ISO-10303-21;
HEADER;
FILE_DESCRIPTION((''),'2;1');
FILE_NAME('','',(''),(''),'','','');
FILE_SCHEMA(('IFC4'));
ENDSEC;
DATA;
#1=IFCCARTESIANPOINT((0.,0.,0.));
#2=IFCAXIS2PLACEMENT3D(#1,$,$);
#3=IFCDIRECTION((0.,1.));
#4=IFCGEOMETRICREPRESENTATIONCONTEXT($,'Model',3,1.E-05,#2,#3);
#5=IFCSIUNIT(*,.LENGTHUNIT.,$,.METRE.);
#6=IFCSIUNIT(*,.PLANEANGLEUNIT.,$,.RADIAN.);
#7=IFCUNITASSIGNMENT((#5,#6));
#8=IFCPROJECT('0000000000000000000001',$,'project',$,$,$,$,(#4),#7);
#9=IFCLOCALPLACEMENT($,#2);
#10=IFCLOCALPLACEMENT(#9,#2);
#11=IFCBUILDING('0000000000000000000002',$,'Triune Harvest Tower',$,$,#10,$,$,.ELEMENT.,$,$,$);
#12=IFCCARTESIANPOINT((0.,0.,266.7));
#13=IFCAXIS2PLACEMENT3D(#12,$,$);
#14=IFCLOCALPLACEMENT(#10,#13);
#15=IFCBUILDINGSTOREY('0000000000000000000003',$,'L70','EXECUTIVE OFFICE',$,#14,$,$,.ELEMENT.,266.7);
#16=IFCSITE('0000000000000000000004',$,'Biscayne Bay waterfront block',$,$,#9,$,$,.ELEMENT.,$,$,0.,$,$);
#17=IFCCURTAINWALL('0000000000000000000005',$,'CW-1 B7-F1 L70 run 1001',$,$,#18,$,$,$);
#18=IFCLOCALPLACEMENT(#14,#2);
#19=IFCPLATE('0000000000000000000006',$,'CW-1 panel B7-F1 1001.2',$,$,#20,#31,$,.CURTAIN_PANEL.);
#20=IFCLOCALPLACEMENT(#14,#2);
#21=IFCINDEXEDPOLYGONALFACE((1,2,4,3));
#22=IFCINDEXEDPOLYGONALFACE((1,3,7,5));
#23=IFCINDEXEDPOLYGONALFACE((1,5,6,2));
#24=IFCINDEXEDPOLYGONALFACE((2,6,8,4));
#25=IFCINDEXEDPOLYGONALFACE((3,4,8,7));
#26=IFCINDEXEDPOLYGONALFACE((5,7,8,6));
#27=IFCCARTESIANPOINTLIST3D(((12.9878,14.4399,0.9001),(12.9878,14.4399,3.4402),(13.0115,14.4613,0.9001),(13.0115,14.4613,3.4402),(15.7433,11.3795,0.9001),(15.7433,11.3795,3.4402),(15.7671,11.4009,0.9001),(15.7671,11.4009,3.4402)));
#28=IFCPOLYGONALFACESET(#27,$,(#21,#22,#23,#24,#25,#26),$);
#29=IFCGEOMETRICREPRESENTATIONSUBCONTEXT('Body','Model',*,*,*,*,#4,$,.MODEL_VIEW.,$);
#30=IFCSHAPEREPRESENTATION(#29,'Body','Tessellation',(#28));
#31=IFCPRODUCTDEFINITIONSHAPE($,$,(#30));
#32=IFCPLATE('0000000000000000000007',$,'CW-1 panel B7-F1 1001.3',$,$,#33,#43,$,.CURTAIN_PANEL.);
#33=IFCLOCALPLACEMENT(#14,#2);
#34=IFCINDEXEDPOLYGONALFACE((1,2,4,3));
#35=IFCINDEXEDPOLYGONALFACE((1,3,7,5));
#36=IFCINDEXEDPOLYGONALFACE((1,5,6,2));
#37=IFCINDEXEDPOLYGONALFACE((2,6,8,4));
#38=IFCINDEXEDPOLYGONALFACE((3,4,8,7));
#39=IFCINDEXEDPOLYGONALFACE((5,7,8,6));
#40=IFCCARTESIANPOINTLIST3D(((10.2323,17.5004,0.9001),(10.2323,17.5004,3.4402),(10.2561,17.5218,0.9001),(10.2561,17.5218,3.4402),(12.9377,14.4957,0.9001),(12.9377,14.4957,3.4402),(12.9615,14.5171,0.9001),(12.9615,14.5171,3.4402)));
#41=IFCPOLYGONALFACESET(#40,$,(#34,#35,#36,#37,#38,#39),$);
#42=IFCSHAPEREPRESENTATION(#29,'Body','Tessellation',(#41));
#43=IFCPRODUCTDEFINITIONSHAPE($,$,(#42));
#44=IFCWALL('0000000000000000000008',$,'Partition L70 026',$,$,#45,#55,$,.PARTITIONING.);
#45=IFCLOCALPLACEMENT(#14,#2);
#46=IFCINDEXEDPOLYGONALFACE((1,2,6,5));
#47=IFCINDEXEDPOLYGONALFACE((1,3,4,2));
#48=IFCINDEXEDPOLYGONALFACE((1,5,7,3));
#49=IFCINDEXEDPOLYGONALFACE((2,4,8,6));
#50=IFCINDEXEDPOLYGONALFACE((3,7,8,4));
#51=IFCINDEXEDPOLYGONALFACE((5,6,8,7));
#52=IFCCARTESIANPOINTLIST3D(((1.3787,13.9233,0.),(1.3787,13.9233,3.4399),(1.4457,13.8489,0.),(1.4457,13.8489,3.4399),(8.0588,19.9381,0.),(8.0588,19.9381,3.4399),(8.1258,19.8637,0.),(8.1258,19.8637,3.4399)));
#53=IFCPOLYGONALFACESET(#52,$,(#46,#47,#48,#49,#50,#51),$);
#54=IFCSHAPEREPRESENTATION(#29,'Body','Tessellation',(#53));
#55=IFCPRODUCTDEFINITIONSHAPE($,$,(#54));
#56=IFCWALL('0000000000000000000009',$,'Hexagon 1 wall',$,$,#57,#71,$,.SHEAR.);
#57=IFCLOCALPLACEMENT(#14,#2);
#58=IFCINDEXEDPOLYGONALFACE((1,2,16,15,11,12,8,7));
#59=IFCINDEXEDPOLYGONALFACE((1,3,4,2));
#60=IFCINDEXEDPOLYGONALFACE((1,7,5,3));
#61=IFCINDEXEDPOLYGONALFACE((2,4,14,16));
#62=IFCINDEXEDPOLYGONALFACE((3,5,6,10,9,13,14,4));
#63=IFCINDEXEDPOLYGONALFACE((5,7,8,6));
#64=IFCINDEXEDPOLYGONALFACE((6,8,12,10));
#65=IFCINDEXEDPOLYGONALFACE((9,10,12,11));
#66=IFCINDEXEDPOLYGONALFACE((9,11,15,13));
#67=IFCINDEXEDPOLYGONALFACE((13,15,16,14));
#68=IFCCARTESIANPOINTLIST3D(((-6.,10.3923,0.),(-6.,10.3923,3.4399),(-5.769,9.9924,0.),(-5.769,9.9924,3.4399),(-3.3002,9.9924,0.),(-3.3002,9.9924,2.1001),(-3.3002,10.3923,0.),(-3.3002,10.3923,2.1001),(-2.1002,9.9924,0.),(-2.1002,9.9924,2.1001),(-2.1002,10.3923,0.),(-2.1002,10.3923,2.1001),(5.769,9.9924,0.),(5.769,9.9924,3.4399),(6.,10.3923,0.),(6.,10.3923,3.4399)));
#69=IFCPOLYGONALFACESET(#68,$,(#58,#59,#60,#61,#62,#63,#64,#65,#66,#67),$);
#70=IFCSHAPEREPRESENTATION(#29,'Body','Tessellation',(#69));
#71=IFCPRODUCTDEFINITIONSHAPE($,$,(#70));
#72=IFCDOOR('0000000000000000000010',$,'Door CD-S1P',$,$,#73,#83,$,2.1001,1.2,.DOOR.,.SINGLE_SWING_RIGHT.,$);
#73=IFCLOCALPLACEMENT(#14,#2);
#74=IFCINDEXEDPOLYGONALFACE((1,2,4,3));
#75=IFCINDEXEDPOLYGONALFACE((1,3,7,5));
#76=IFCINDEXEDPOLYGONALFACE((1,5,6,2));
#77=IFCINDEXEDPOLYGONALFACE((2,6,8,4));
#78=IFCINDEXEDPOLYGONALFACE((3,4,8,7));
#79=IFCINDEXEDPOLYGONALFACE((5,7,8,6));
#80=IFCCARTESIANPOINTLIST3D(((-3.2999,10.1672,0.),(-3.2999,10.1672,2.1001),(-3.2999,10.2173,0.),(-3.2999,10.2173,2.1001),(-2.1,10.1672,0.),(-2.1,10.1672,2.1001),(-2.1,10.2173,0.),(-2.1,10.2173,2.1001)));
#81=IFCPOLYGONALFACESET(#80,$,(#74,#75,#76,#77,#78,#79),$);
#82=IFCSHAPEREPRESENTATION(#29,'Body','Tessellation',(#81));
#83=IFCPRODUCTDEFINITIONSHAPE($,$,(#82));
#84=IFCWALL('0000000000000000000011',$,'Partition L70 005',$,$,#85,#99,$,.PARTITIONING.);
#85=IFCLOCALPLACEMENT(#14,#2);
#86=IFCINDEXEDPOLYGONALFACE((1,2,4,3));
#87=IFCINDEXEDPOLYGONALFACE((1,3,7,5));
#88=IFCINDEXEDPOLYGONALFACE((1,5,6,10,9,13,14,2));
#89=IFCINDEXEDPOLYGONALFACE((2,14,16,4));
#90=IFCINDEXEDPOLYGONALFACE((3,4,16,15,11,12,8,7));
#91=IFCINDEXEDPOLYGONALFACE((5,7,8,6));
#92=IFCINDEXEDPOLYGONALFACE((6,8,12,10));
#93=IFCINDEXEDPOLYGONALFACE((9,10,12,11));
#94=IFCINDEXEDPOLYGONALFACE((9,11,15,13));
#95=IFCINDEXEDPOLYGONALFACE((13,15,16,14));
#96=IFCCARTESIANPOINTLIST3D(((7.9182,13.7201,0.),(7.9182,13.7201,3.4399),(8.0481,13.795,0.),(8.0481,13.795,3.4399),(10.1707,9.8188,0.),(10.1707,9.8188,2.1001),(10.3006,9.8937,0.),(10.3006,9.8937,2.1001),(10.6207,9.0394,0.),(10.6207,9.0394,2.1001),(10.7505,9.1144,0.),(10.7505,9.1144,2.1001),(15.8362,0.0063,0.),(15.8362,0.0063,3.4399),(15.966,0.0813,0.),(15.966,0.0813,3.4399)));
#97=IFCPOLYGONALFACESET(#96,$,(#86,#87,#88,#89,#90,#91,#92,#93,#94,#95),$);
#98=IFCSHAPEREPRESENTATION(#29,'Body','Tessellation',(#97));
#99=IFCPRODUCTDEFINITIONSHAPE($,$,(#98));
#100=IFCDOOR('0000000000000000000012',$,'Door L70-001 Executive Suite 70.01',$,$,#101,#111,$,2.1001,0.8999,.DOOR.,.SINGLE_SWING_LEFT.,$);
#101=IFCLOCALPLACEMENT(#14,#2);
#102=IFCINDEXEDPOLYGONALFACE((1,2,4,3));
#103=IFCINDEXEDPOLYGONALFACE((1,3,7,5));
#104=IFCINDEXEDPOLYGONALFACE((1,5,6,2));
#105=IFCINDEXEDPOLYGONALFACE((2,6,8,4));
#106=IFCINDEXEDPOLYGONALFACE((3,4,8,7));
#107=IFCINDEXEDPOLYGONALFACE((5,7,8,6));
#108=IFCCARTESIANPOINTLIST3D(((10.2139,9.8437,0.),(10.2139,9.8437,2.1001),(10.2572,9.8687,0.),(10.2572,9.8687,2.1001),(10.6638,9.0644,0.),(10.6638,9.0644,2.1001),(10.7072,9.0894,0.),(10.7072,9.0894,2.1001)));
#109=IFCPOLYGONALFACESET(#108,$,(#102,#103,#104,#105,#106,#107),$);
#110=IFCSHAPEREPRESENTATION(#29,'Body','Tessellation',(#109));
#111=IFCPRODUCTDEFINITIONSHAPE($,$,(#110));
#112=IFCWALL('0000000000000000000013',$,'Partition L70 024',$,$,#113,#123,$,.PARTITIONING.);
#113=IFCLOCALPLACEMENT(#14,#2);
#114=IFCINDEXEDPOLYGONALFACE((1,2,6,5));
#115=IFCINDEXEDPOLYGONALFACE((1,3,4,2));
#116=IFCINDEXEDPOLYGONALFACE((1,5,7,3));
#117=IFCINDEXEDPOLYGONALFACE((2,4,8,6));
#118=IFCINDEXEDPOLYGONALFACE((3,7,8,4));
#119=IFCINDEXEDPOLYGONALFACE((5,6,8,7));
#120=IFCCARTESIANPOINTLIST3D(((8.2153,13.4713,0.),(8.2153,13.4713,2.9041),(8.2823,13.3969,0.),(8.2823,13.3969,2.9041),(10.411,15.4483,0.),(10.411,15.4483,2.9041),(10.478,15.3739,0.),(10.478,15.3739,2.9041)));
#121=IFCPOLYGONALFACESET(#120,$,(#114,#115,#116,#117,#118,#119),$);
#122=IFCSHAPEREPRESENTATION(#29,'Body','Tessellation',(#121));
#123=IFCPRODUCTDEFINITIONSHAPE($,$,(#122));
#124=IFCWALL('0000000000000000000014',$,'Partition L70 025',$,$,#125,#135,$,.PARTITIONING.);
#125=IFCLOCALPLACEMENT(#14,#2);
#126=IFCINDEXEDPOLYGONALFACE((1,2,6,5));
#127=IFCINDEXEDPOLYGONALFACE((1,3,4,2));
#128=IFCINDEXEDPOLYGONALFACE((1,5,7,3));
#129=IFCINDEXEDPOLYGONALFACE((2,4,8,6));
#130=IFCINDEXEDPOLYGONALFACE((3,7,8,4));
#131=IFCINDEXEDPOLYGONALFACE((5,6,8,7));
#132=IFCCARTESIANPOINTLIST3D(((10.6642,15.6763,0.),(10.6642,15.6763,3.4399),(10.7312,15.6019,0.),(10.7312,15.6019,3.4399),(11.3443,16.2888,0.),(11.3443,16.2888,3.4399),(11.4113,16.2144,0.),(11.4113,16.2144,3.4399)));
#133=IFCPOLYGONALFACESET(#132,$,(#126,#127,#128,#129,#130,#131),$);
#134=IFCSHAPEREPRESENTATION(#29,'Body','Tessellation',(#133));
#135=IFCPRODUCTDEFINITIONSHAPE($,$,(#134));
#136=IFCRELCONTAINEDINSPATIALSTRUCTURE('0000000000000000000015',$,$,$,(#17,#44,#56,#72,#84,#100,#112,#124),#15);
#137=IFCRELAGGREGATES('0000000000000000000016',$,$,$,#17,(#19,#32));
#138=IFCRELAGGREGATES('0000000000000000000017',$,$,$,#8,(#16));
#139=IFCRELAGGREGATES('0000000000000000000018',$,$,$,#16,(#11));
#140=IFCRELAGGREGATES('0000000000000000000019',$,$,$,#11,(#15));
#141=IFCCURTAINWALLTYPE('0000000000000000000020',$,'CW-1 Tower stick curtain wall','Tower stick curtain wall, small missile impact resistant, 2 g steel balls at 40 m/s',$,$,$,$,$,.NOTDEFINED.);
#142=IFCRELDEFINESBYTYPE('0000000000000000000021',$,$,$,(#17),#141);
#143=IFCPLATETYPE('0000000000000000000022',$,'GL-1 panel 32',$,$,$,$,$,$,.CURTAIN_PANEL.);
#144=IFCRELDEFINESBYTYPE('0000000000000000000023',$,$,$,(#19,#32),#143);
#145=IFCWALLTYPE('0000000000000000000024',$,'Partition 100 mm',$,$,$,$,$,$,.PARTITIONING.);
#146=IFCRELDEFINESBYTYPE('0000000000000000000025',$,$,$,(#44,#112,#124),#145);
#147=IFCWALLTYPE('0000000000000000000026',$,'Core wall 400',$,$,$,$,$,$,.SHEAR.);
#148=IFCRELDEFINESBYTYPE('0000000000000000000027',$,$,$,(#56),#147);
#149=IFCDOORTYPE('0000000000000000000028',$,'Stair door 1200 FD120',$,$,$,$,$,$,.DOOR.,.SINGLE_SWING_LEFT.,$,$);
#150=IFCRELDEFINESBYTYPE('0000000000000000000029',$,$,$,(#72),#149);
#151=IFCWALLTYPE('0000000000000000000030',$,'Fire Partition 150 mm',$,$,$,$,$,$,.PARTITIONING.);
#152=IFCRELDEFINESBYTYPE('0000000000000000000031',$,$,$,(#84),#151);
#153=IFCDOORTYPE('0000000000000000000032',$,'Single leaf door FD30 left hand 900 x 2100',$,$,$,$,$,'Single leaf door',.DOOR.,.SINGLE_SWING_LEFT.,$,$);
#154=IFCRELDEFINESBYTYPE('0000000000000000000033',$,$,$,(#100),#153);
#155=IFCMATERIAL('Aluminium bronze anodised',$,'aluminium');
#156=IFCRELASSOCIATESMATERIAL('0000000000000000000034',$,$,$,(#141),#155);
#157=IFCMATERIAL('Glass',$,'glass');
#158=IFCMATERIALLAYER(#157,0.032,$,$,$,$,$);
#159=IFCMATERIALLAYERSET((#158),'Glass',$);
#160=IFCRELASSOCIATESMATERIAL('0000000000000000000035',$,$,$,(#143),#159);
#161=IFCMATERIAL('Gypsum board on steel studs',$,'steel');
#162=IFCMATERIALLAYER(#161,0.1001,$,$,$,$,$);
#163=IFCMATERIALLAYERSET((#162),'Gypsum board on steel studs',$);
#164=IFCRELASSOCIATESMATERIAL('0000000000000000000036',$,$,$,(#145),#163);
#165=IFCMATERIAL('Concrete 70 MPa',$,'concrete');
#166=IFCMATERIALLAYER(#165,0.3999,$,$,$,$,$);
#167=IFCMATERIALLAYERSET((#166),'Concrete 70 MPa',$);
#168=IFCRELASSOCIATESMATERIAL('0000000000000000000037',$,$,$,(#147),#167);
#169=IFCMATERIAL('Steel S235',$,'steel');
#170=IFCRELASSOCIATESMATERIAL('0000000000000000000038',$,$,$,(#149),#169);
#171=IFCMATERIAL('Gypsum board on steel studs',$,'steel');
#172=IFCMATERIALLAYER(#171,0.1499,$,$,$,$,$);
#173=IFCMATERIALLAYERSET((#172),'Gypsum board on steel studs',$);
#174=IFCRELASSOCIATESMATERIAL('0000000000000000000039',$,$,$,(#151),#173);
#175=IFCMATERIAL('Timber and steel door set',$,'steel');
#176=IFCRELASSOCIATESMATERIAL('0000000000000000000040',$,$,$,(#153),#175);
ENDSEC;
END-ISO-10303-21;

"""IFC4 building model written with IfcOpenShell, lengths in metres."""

from ifc_helpers import new_model, si_unit, direction, frame, frame_2d, origin, origin_2d, place, context, subcontext, project, spatial, polyline, rectangle, outline, extrude, source, transform, mapped, material, layer, layer_set, type_object, element, fill, aggregate, save


model = new_model("IFC4")

# Units and contexts
model_context = context("Model", 3, precision=1e-05, world=origin(), true_north=direction((0.0, 1.0)))
body_context = subcontext(model_context, "Body", "Model", "MODEL_VIEW")
ifc_project = project(units=[si_unit("LENGTHUNIT", "METRE"), si_unit("PLANEANGLEUNIT", "RADIAN")], contexts=[model_context])

# Site, building, storey
site_placement = place(None, origin())
site = spatial("IfcSite", under=ifc_project, at=site_placement, Name="Biscayne Bay waterfront block", CompositionType="ELEMENT", RefElevation=0.0)
building_placement = place(site_placement, origin())
building = spatial("IfcBuilding", under=site, at=building_placement, Name="Triune Harvest Tower", CompositionType="ELEMENT")
storey_placement = place(building_placement, frame((0.0, 0.0, 266.7)))
storey = spatial("IfcBuildingStorey", under=building, at=storey_placement, Name="L70", Description="EXECUTIVE OFFICE", CompositionType="ELEMENT", Elevation=266.7)

# Curtain wall, plates
ifc_material_1 = material(Name="Aluminium bronze anodised", Category="aluminium")
curtain_wall_type = type_object("IfcCurtainWallType", Name="CW-1 Tower stick curtain wall", Description="Tower stick curtain wall, small missile impact resistant, 2 g steel balls at 40 m/s", PredefinedType="NOTDEFINED", material=ifc_material_1)
curtain_wall_placement = place(storey_placement, origin())
curtain_wall = element("IfcCurtainWall", 1, at=curtain_wall_placement, inside=storey, type_object=curtain_wall_type, Name="CW-1 B7-F1 L70 run 1001")
ifc_material_2 = material(Name="Glass", Category="glass")
ifc_layer_1 = layer(ifc_material_2, 0.032)
ifc_layer_set_1 = layer_set([ifc_layer_1], Name="Glass")
plate_type = type_object("IfcPlateType", Name="GL-1 panel 32", PredefinedType="CURTAIN_PANEL", material=ifc_layer_set_1)
shared_shape_1 = source(origin(), body_context, "Body", "SweptSolid", [
    extrude(rectangle(XDim=4.1182, YDim=0.032, at=origin_2d()), origin(), (0.0, 0.0, 1.0), 2.54),
])
plate_1_placement = place(storey_placement, frame((14.3774, 12.9204, 0.9001), z_axis=(0.0, 0.0, 1.0), x_axis=(-0.669125, 0.74315, 0.0)))
plate_1 = element("IfcPlate", 2, at=plate_1_placement, type_object=plate_type, Name="CW-1 panel B7-F1 1001.2", PredefinedType="CURTAIN_PANEL", context=body_context, shape_type="MappedRepresentation", body=[
    mapped(shared_shape_1, transform((0.0, 0.0, 0.0), scale=1.0)),
])
shared_shape_2 = source(origin(), body_context, "Body", "SweptSolid", [
    extrude(rectangle(XDim=4.0432, YDim=0.032, at=origin_2d()), origin(), (0.0, 0.0, 1.0), 2.54),
])
plate_2_placement = place(storey_placement, frame((11.5969, 16.0088, 0.9001), z_axis=(0.0, 0.0, 1.0), x_axis=(-0.669125, 0.74315, 0.0)))
plate_2 = element("IfcPlate", 3, at=plate_2_placement, type_object=plate_type, Name="CW-1 panel B7-F1 1001.3", PredefinedType="CURTAIN_PANEL", context=body_context, shape_type="MappedRepresentation", body=[
    mapped(shared_shape_2, transform((0.0, 0.0, 0.0), scale=1.0)),
])
aggregate(curtain_wall, [plate_1, plate_2])

# Wall
ifc_material_3 = material(Name="Gypsum board on steel studs", Category="steel")
ifc_layer_2 = layer(ifc_material_3, 0.1001)
ifc_layer_set_2 = layer_set([ifc_layer_2], Name="Gypsum board on steel studs")
wall_type_1 = type_object("IfcWallType", Name="Partition 100 mm", PredefinedType="PARTITIONING", material=ifc_layer_set_2)
wall_1_placement = place(storey_placement, frame((1.4121, 13.886, 0.0), z_axis=(0.0, 0.0, 1.0), x_axis=(0.743143, 0.669133, 0.0)))
element("IfcWall", 4, at=wall_1_placement, inside=storey, type_object=wall_type_1, Name="Partition L70 026", PredefinedType="PARTITIONING", context=body_context, shape_type="SweptSolid", body=[
    extrude(rectangle(XDim=8.989, YDim=0.1001, at=frame_2d((4.4946, 0.0))), origin(), (0.0, 0.0, 1.0), 3.4399),
])

# Walls, openings, doors
ifc_material_4 = material(Name="Concrete 70 MPa", Category="concrete")
ifc_layer_3 = layer(ifc_material_4, 0.3999)
ifc_layer_set_3 = layer_set([ifc_layer_3], Name="Concrete 70 MPa")
wall_type_2 = type_object("IfcWallType", Name="Core wall 400", PredefinedType="SHEAR", material=ifc_layer_set_3)
shared_shape_3 = source(origin(), body_context, "Body", "SweptSolid", [
    extrude(outline(polyline([(-0.1155, -0.2), (11.8845, -0.2), (11.6536, 0.2), (0.1155, 0.2), (-0.1155, -0.2)])), origin(), (0.0, 0.0, 1.0), 3.4399),
])
wall_2_placement = place(storey_placement, frame((5.8845, 10.1924, 0.0), z_axis=(0.0, 0.0, 1.0), x_axis=(-1.0, 0.0, 0.0)))
wall_2 = element("IfcWall", 5, at=wall_2_placement, inside=storey, type_object=wall_type_2, Name="Hexagon 1 wall", PredefinedType="SHEAR", context=body_context, shape_type="MappedRepresentation", body=[
    mapped(shared_shape_3, transform((0.0, 0.0, 0.0), scale=1.0)),
])
opening_1_placement = place(wall_2_placement, frame((7.9846, 0.0, 0.0)))
opening_1 = element("IfcOpeningElement", 6, at=opening_1_placement, cuts=wall_2, PredefinedType="OPENING", context=body_context, shape_type="SweptSolid", body=[
    extrude(rectangle(XDim=1.2, YDim=2.1001, at=frame_2d((0.6001, 1.05))), frame((0.0, 0.21, 0.0), z_axis=(0.0, -1.0, 0.0), x_axis=(1.0, 0.0, 0.0)), (0.0, 0.0, 1.0), 0.4199),
])
ifc_material_5 = material(Name="Steel S235", Category="steel")
door_type_1 = type_object("IfcDoorType", Name="Stair door 1200 FD120", OperationType="SINGLE_SWING_LEFT", PredefinedType="DOOR", material=ifc_material_5)
door_1_placement = place(opening_1_placement, frame((1.2, 0.0, 0.0), z_axis=(0.0, 0.0, 1.0), x_axis=(-1.0, 0.0, 0.0)))
door_1 = element("IfcDoor", 7, at=door_1_placement, inside=storey, type_object=door_type_1, Name="Door CD-S1P", OperationType="SINGLE_SWING_RIGHT", OverallHeight=2.1001, OverallWidth=1.2, PredefinedType="DOOR", context=body_context, shape_type="SweptSolid", body=[
    extrude(rectangle(XDim=1.2, YDim=2.1001, at=frame_2d((0.6001, 1.05))), frame((0.0, 0.0249, 0.0), z_axis=(0.0, -1.0, 0.0), x_axis=(1.0, 0.0, 0.0)), (0.0, 0.0, 1.0), 0.05),
])
fill(opening_1, door_1)
ifc_material_6 = material(Name="Gypsum board on steel studs", Category="steel")
ifc_layer_4 = layer(ifc_material_6, 0.1499)
ifc_layer_set_4 = layer_set([ifc_layer_4], Name="Gypsum board on steel studs")
wall_type_3 = type_object("IfcWallType", Name="Fire Partition 150 mm", PredefinedType="PARTITIONING", material=ifc_layer_set_4)
shared_shape_4 = source(origin(), body_context, "Body", "SweptSolid", [
    extrude(rectangle(XDim=15.8354, YDim=0.1499, at=frame_2d((7.9177, 0.0))), origin(), (0.0, 0.0, 1.0), 3.4399),
])
wall_3_placement = place(storey_placement, frame((7.9832, 13.7576, 0.0), z_axis=(0.0, 0.0, 1.0), x_axis=(0.500012, -0.866018, 0.0)))
wall_3 = element("IfcWall", 8, at=wall_3_placement, inside=storey, type_object=wall_type_3, Name="Partition L70 005", PredefinedType="PARTITIONING", context=body_context, shape_type="MappedRepresentation", body=[
    mapped(shared_shape_4, transform((0.0, 0.0, 0.0), scale=1.0)),
])
opening_2_placement = place(wall_3_placement, frame((4.5049, 0.0, 0.0)))
opening_2 = element("IfcOpeningElement", 9, at=opening_2_placement, cuts=wall_3, PredefinedType="OPENING", context=body_context, shape_type="SweptSolid", body=[
    extrude(rectangle(XDim=0.8999, YDim=2.1001, at=frame_2d((0.45, 1.05))), frame((0.0, 0.085, 0.0), z_axis=(0.0, -1.0, 0.0), x_axis=(1.0, 0.0, 0.0)), (0.0, 0.0, 1.0), 0.1699),
])
ifc_material_7 = material(Name="Timber and steel door set", Category="steel")
door_type_2 = type_object("IfcDoorType", Name="Single leaf door FD30 left hand 900 x 2100", ElementType="Single leaf door", OperationType="SINGLE_SWING_LEFT", PredefinedType="DOOR", material=ifc_material_7)
door_2_placement = place(opening_2_placement, origin())
door_2 = element("IfcDoor", 10, at=door_2_placement, inside=storey, type_object=door_type_2, Name="Door L70-001 Executive Suite 70.01", OperationType="SINGLE_SWING_LEFT", OverallHeight=2.1001, OverallWidth=0.8999, PredefinedType="DOOR", context=body_context, shape_type="SweptSolid", body=[
    extrude(rectangle(XDim=0.8999, YDim=2.1001, at=frame_2d((0.45, 1.05))), frame((0.0, 0.0249, 0.0), z_axis=(0.0, -1.0, 0.0), x_axis=(1.0, 0.0, 0.0)), (0.0, 0.0, 1.0), 0.05),
])
fill(opening_2, door_2)

# Walls
shared_shape_5 = source(origin(), body_context, "Body", "SweptSolid", [
    extrude(rectangle(XDim=2.9546, YDim=0.1001, at=frame_2d((1.4773, 0.0))), origin(), (0.0, 0.0, 1.0), 2.9041),
])
wall_4_placement = place(storey_placement, frame((8.2488, 13.4341, 0.0), z_axis=(0.0, 0.0, 1.0), x_axis=(0.743154, 0.66912, 0.0)))
element("IfcWall", 11, at=wall_4_placement, inside=storey, type_object=wall_type_1, Name="Partition L70 024", PredefinedType="PARTITIONING", context=body_context, shape_type="MappedRepresentation", body=[
    mapped(shared_shape_5, transform((0.0, 0.0, 0.0), scale=1.0)),
])
shared_shape_6 = source(origin(), body_context, "Body", "SweptSolid", [
    extrude(rectangle(XDim=0.9153, YDim=0.1001, at=frame_2d((0.4575, 0.0))), origin(), (0.0, 0.0, 1.0), 3.4399),
])
wall_5_placement = place(storey_placement, frame((10.6978, 15.6392, 0.0), z_axis=(0.0, 0.0, 1.0), x_axis=(0.743082, 0.6692, 0.0)))
element("IfcWall", 12, at=wall_5_placement, inside=storey, type_object=wall_type_1, Name="Partition L70 025", PredefinedType="PARTITIONING", context=body_context, shape_type="MappedRepresentation", body=[
    mapped(shared_shape_6, transform((0.0, 0.0, 0.0), scale=1.0)),
])

save(model, "model.ifc")
